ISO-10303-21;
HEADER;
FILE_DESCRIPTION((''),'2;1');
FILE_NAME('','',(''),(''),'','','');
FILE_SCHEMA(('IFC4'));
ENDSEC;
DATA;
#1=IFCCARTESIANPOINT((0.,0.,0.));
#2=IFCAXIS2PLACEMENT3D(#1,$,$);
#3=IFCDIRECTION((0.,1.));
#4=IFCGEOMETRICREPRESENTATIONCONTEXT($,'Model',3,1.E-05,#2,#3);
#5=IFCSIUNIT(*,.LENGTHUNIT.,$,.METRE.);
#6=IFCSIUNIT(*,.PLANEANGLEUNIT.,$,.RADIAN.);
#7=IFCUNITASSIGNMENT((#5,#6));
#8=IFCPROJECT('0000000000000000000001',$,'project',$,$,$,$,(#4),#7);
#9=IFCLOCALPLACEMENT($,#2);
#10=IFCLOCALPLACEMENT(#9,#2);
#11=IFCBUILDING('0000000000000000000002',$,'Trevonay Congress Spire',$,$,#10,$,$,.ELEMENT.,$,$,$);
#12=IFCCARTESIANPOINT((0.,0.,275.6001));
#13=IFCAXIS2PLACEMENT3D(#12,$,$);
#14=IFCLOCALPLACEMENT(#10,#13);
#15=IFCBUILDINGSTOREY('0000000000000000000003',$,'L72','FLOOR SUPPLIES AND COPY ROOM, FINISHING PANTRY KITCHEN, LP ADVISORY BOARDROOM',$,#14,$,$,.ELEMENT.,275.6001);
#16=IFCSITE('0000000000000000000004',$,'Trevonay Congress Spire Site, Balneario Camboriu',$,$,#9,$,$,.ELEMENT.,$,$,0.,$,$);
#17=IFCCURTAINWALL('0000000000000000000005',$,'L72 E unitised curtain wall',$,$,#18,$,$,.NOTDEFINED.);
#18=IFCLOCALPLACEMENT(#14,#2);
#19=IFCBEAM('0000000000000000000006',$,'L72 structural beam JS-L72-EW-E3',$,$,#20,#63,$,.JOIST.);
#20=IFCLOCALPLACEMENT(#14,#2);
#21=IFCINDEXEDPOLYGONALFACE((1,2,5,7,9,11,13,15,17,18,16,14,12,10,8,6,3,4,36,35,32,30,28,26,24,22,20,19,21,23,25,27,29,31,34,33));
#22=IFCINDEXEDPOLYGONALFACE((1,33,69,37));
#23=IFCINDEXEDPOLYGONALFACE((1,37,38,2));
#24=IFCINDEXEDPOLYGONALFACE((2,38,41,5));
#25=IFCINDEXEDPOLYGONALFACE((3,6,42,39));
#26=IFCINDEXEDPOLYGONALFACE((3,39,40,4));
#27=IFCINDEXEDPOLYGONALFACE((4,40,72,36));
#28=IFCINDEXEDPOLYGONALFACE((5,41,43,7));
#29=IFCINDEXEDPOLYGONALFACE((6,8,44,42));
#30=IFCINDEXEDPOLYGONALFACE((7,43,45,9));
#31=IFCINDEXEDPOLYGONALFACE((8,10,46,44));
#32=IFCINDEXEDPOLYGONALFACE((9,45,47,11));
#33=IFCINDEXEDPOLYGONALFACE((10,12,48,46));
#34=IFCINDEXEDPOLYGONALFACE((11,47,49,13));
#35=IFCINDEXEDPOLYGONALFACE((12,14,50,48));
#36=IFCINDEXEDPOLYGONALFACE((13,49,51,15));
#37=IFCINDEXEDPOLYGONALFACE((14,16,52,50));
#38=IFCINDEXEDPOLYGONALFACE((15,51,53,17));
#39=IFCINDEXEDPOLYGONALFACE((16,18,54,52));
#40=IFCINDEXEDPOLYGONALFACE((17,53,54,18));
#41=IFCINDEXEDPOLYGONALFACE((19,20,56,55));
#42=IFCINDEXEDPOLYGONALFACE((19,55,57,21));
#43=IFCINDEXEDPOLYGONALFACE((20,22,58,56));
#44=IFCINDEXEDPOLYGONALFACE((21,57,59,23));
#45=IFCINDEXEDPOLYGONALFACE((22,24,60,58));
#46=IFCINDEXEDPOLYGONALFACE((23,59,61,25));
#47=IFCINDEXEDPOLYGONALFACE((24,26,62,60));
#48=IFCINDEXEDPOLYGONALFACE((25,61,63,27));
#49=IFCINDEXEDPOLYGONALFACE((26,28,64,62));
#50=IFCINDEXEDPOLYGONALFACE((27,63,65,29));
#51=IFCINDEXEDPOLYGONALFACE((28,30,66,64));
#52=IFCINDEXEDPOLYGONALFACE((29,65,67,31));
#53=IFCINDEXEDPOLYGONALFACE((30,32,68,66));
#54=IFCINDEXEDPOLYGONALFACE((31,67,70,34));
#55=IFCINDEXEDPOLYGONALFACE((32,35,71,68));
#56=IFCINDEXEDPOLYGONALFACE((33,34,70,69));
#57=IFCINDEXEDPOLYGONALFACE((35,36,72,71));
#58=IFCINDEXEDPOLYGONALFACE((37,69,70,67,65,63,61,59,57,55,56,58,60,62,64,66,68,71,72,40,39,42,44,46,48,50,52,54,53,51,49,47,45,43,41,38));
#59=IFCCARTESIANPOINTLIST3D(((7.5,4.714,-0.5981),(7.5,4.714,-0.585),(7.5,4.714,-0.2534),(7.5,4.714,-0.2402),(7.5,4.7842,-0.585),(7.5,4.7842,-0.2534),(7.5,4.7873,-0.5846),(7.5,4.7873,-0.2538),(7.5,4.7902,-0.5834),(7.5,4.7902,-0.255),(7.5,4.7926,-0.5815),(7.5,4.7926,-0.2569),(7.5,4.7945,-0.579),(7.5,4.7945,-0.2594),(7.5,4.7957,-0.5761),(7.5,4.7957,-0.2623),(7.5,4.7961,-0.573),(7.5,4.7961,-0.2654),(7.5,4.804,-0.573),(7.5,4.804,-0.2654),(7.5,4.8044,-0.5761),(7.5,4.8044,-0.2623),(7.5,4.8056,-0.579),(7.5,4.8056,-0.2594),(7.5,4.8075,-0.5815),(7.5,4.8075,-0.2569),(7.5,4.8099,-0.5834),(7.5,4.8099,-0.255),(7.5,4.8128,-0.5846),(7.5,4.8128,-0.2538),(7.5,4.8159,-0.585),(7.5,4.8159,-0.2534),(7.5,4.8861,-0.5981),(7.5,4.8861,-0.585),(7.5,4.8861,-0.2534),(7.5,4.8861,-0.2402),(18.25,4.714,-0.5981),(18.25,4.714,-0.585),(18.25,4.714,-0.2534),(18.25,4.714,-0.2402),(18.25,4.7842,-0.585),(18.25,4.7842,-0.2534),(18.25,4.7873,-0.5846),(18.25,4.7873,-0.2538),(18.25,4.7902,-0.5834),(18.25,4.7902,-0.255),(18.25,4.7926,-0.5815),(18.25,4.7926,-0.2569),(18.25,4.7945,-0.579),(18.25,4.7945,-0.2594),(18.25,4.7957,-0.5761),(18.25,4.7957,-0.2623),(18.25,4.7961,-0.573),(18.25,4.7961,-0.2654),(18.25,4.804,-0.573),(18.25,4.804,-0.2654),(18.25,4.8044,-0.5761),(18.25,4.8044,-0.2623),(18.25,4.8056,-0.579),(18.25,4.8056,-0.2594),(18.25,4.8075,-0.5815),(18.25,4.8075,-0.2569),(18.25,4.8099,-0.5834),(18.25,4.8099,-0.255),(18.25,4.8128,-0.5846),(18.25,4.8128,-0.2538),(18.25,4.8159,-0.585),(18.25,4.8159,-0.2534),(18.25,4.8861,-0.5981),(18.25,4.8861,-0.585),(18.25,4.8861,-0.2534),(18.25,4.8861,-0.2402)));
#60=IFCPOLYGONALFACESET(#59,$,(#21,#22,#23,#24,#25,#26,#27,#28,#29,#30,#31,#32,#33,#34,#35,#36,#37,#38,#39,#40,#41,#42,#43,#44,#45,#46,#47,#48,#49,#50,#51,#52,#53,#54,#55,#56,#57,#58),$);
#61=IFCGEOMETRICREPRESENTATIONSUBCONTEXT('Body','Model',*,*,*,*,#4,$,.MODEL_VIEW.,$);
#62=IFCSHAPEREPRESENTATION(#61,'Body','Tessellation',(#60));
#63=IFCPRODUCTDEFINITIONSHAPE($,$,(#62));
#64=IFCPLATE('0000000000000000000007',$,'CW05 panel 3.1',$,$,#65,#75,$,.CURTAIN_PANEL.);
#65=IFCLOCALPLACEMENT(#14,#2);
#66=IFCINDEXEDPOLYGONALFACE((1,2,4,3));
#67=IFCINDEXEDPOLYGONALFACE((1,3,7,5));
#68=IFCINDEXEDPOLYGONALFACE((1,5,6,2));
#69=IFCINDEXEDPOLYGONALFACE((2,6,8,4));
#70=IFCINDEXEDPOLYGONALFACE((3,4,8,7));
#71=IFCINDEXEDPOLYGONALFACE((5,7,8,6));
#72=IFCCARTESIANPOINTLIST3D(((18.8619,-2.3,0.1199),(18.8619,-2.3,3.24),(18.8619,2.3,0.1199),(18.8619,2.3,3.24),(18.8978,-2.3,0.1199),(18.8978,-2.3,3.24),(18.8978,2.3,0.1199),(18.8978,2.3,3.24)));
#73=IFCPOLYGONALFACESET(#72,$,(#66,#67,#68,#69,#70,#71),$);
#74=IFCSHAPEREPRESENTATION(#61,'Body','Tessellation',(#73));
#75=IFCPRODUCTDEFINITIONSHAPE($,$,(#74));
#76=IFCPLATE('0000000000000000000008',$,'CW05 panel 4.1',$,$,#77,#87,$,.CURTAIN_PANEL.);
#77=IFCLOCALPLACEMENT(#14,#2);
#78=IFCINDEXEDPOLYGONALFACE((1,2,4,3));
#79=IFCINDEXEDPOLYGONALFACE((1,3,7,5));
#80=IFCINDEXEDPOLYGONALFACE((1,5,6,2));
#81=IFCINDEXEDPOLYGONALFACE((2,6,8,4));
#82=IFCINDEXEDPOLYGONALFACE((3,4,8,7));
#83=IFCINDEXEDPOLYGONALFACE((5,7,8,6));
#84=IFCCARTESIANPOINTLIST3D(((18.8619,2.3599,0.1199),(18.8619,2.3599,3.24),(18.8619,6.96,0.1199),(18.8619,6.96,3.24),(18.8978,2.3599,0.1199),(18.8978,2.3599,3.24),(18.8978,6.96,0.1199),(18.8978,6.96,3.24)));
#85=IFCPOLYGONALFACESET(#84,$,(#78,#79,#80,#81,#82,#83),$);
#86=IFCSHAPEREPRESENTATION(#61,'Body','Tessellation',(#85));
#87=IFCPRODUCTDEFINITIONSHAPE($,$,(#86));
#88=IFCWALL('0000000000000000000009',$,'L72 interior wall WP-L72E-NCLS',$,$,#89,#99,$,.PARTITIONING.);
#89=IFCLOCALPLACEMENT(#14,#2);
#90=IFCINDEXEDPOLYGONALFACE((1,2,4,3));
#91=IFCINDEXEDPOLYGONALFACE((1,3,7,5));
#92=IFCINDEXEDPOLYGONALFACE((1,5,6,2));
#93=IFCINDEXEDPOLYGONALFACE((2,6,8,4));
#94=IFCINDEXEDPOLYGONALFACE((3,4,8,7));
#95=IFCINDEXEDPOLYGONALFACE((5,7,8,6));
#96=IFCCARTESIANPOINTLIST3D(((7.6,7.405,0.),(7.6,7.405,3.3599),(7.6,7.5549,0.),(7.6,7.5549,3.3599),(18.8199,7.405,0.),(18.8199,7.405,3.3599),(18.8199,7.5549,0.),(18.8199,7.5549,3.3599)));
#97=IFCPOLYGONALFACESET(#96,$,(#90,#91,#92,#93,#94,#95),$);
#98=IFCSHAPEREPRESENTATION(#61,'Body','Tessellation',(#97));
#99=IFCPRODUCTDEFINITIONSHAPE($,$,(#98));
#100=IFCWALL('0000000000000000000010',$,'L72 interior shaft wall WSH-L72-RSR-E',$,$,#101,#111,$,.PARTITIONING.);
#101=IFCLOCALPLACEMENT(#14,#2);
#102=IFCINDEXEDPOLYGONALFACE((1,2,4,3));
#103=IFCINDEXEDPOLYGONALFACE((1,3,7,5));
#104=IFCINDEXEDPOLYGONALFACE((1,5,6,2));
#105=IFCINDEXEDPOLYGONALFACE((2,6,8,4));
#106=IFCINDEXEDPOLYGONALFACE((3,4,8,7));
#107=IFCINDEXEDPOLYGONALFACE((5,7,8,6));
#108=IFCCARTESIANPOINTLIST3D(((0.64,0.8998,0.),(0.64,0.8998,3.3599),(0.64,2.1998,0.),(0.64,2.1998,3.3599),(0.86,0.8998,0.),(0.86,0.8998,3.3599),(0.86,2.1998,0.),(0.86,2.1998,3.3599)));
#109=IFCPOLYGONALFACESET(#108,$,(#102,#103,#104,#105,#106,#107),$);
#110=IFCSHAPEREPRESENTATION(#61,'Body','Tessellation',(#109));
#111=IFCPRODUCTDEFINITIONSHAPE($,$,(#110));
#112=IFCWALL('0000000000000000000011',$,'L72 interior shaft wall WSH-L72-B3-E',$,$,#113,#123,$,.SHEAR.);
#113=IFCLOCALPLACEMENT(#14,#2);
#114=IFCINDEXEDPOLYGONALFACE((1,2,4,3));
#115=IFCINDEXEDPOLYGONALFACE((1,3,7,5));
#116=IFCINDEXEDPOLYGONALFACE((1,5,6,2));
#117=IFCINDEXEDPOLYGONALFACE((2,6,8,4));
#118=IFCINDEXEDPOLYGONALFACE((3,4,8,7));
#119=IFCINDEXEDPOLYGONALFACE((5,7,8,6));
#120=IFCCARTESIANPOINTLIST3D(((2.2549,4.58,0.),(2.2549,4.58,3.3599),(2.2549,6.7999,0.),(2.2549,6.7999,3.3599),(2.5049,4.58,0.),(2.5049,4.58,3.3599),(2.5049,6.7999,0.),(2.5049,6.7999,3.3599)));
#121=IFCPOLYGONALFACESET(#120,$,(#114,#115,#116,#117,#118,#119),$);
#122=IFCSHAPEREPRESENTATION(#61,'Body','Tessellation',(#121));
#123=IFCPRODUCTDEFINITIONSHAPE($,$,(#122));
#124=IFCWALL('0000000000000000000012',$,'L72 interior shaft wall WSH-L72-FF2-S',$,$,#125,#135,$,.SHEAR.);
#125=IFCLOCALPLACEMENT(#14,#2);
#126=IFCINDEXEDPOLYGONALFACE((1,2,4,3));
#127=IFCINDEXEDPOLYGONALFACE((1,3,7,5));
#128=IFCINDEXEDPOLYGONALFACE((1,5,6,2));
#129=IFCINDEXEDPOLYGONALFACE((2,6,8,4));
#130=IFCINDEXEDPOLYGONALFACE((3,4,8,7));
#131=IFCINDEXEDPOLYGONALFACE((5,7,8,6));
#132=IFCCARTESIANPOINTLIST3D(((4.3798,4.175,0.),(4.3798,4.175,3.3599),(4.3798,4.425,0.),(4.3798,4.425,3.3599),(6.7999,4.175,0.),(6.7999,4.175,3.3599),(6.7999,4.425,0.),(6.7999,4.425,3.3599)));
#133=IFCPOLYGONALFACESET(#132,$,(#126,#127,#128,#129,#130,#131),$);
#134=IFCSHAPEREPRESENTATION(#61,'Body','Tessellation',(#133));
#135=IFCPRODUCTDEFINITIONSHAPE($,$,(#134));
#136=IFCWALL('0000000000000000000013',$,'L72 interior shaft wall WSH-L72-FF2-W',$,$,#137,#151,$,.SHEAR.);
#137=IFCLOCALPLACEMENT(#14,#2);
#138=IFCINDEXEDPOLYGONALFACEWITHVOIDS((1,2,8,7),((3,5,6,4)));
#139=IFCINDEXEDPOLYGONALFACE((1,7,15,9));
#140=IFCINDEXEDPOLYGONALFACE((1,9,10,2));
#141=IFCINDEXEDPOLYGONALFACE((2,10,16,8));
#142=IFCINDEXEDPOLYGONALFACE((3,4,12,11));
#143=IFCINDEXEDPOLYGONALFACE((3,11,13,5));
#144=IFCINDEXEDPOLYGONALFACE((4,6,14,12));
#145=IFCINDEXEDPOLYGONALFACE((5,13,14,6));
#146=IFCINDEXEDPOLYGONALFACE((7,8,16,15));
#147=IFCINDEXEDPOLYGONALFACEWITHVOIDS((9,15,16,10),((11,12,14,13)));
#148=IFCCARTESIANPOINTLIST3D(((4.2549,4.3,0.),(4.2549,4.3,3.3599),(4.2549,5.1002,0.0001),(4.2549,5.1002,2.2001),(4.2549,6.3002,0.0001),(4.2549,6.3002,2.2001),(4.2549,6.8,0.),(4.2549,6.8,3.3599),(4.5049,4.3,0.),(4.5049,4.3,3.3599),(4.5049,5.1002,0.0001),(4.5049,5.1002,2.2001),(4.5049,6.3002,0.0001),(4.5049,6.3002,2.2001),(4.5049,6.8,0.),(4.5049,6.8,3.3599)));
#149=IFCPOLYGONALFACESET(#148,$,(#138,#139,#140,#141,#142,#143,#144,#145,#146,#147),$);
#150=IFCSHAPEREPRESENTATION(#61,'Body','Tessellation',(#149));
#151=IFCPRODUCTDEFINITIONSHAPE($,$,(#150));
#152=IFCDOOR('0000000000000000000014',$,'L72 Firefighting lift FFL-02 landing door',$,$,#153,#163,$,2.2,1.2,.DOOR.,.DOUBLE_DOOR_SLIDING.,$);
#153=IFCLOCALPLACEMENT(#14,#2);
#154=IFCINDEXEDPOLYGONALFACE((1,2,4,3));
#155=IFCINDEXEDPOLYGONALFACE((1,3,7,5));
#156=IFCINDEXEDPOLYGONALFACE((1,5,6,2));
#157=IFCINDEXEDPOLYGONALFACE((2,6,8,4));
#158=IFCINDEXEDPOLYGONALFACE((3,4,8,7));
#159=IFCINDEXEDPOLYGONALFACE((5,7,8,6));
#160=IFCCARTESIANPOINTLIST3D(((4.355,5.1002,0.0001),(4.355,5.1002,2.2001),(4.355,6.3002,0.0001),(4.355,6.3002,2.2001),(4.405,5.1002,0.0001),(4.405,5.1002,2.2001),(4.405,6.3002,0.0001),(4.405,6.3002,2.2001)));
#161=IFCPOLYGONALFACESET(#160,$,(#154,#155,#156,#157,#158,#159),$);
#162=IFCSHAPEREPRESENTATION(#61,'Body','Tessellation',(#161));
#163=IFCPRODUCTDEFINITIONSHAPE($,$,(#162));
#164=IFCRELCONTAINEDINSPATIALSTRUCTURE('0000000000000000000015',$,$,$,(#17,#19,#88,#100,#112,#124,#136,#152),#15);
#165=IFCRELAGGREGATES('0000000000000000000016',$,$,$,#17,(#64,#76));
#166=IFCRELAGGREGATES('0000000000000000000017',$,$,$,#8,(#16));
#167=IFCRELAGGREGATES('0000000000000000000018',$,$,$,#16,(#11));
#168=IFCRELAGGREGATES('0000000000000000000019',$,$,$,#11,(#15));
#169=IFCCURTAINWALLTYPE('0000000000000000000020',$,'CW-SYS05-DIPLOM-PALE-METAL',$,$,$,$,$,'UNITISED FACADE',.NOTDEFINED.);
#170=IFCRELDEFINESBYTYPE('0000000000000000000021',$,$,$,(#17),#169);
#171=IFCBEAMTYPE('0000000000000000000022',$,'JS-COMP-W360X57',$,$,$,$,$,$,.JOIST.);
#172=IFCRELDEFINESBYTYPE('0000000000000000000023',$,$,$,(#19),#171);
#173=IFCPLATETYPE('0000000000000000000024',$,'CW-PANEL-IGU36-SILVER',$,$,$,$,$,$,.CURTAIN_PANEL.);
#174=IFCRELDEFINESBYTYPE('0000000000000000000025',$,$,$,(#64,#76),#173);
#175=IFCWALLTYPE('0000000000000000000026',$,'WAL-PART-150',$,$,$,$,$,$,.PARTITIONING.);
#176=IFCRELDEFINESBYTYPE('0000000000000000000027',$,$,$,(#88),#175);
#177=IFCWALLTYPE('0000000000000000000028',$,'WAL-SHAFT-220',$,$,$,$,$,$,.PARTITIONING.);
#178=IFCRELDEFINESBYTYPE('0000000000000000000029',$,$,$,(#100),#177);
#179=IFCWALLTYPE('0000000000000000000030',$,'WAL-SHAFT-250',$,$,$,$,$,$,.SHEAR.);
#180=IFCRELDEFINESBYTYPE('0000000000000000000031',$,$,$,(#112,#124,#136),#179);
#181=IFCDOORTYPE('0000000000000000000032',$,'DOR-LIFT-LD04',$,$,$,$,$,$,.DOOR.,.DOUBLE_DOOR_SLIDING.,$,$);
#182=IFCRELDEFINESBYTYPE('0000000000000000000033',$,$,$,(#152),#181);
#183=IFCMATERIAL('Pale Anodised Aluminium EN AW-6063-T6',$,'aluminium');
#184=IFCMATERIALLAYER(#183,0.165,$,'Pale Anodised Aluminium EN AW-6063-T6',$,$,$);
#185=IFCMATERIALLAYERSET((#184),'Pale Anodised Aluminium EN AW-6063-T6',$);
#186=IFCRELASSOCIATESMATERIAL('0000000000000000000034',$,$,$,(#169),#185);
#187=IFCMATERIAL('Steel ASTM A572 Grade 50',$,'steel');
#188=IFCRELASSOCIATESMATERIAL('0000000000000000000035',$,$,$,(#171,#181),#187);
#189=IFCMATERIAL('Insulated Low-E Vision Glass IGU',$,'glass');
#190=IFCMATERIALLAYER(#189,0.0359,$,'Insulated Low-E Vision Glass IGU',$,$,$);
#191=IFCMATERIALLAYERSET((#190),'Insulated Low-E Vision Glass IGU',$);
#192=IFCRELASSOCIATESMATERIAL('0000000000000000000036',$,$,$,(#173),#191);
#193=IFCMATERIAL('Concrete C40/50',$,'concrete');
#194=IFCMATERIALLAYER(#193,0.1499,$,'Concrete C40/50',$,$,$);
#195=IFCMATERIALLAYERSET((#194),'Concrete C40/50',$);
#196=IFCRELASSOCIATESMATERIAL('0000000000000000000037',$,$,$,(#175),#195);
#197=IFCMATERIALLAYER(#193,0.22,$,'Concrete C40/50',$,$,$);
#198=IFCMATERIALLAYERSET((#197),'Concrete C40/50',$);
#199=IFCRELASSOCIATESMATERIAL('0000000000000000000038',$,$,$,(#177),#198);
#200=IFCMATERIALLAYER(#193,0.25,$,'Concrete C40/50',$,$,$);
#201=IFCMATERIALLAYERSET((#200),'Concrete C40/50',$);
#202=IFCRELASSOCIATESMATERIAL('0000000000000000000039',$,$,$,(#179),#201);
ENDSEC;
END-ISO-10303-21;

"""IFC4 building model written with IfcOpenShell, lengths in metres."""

from ifc_helpers import new_model, si_unit, direction, frame, frame_2d, origin, origin_2d, place, context, subcontext, project, spatial, rectangle, i_section, extrude, material, layer, layer_set, material_profile, profile_set, type_object, element, fill, aggregate, save


model = new_model("IFC4")

# Units and contexts
model_context = context("Model", 3, precision=1e-05, world=origin(), true_north=direction((0.0, 1.0)))
body_context = subcontext(model_context, "Body", "Model", "MODEL_VIEW")
ifc_project = project(units=[si_unit("LENGTHUNIT", "METRE"), si_unit("PLANEANGLEUNIT", "RADIAN")], contexts=[model_context])

# Site, building, storey
site_placement = place(None, origin())
site = spatial("IfcSite", under=ifc_project, at=site_placement, Name="Trevonay Congress Spire Site, Balneario Camboriu", CompositionType="ELEMENT", RefElevation=0.0)
building_placement = place(site_placement, origin())
building = spatial("IfcBuilding", under=site, at=building_placement, Name="Trevonay Congress Spire", CompositionType="ELEMENT")
storey_placement = place(building_placement, frame((0.0, 0.0, 275.6001)))
storey = spatial("IfcBuildingStorey", under=building, at=storey_placement, Name="L72", Description="FLOOR SUPPLIES AND COPY ROOM, FINISHING PANTRY KITCHEN, LP ADVISORY BOARDROOM", CompositionType="ELEMENT", Elevation=275.6001)

# Shared definitions
ifc_material_1 = material(Name="Steel ASTM A572 Grade 50", Category="steel")

# Curtain wall
ifc_material_2 = material(Name="Pale Anodised Aluminium EN AW-6063-T6", Category="aluminium")
ifc_layer_1 = layer(ifc_material_2, 0.165, Name="Pale Anodised Aluminium EN AW-6063-T6")
ifc_layer_set_1 = layer_set([ifc_layer_1], Name="Pale Anodised Aluminium EN AW-6063-T6")
curtain_wall_type = type_object("IfcCurtainWallType", Name="CW-SYS05-DIPLOM-PALE-METAL", ElementType="UNITISED FACADE", PredefinedType="NOTDEFINED", material=ifc_layer_set_1)
curtain_wall_placement = place(storey_placement, origin())
curtain_wall = element("IfcCurtainWall", 1, at=curtain_wall_placement, inside=storey, type_object=curtain_wall_type, Name="L72 E unitised curtain wall", PredefinedType="NOTDEFINED")

# Beam
ifc_material_profile_1 = material_profile(ifc_material_1, i_section(OverallWidth=0.1721, OverallDepth=0.3579, WebThickness=0.0078, FlangeThickness=0.0132, FilletRadius=0.012, at=origin_2d()), Name="W360x57.8")
ifc_profile_set_1 = profile_set([ifc_material_profile_1], Name="Steel ASTM A572 Grade 50")
beam_type_1 = type_object("IfcBeamType", Name="JS-COMP-W360X57", PredefinedType="JOIST", material=ifc_profile_set_1)
beam_1_placement = place(storey_placement, frame((7.5, 4.8, -0.4192), z_axis=(1.0, 0.0, 0.0), x_axis=(0.0, 1.0, 0.0)))
element("IfcBeam", 2, at=beam_1_placement, inside=storey, type_object=beam_type_1, Name="L72 structural beam JS-L72-EW-E3", PredefinedType="JOIST", context=body_context, shape_type="SweptSolid", body=[
    extrude(i_section(OverallWidth=0.1721, OverallDepth=0.3579, WebThickness=0.0078, FlangeThickness=0.0132, FilletRadius=0.012, at=origin_2d()), origin(), (0.0, 0.0, 1.0), 10.75),
])

# Plates
ifc_material_3 = material(Name="Insulated Low-E Vision Glass IGU", Category="glass")
ifc_layer_2 = layer(ifc_material_3, 0.0359, Name="Insulated Low-E Vision Glass IGU")
ifc_layer_set_2 = layer_set([ifc_layer_2], Name="Insulated Low-E Vision Glass IGU")
plate_type = type_object("IfcPlateType", Name="CW-PANEL-IGU36-SILVER", PredefinedType="CURTAIN_PANEL", material=ifc_layer_set_2)
plate_1_placement = place(storey_placement, frame((18.8799, 0.0, 0.1199), z_axis=(0.0, 0.0, 1.0), x_axis=(0.0, 1.0, 0.0)))
plate_1 = element("IfcPlate", 3, at=plate_1_placement, type_object=plate_type, Name="CW05 panel 3.1", PredefinedType="CURTAIN_PANEL", context=body_context, shape_type="SweptSolid", body=[
    extrude(rectangle(XDim=4.6001, YDim=0.0359, at=origin_2d()), origin(), (0.0, 0.0, 1.0), 3.1201),
])
plate_2_placement = place(storey_placement, frame((18.8799, 4.6599, 0.1199), z_axis=(0.0, 0.0, 1.0), x_axis=(0.0, 1.0, 0.0)))
plate_2 = element("IfcPlate", 4, at=plate_2_placement, type_object=plate_type, Name="CW05 panel 4.1", PredefinedType="CURTAIN_PANEL", context=body_context, shape_type="SweptSolid", body=[
    extrude(rectangle(XDim=4.6001, YDim=0.0359, at=origin_2d()), origin(), (0.0, 0.0, 1.0), 3.1201),
])
aggregate(curtain_wall, [plate_1, plate_2])

# Walls
ifc_material_4 = material(Name="Concrete C40/50", Category="concrete")
ifc_layer_3 = layer(ifc_material_4, 0.1499, Name="Concrete C40/50")
ifc_layer_set_3 = layer_set([ifc_layer_3], Name="Concrete C40/50")
wall_type_1 = type_object("IfcWallType", Name="WAL-PART-150", PredefinedType="PARTITIONING", material=ifc_layer_set_3)
wall_1_placement = place(storey_placement, frame((7.6001, 7.48, 0.0), z_axis=(0.0, 0.0, 1.0), x_axis=(1.0, 0.0, 0.0)))
element("IfcWall", 5, at=wall_1_placement, inside=storey, type_object=wall_type_1, Name="L72 interior wall WP-L72E-NCLS", PredefinedType="PARTITIONING", context=body_context, shape_type="SweptSolid", body=[
    extrude(rectangle(XDim=11.22, YDim=0.1499, at=frame_2d((5.6099, 0.0))), origin(), (0.0, 0.0, 1.0), 3.3599),
])
ifc_layer_4 = layer(ifc_material_4, 0.22, Name="Concrete C40/50")
ifc_layer_set_4 = layer_set([ifc_layer_4], Name="Concrete C40/50")
wall_type_2 = type_object("IfcWallType", Name="WAL-SHAFT-220", PredefinedType="PARTITIONING", material=ifc_layer_set_4)
wall_2_placement = place(storey_placement, frame((0.75, 0.8999, 0.0), z_axis=(0.0, 0.0, 1.0), x_axis=(0.0, 1.0, 0.0)))
element("IfcWall", 6, at=wall_2_placement, inside=storey, type_object=wall_type_2, Name="L72 interior shaft wall WSH-L72-RSR-E", PredefinedType="PARTITIONING", context=body_context, shape_type="SweptSolid", body=[
    extrude(rectangle(XDim=1.3, YDim=0.22, at=frame_2d((0.6499, 0.0))), origin(), (0.0, 0.0, 1.0), 3.3599),
])
ifc_layer_5 = layer(ifc_material_4, 0.25, Name="Concrete C40/50")
ifc_layer_set_5 = layer_set([ifc_layer_5], Name="Concrete C40/50")
wall_type_3 = type_object("IfcWallType", Name="WAL-SHAFT-250", PredefinedType="SHEAR", material=ifc_layer_set_5)
wall_3_placement = place(storey_placement, frame((2.3799, 4.5801, 0.0), z_axis=(0.0, 0.0, 1.0), x_axis=(0.0, 1.0, 0.0)))
element("IfcWall", 7, at=wall_3_placement, inside=storey, type_object=wall_type_3, Name="L72 interior shaft wall WSH-L72-B3-E", PredefinedType="SHEAR", context=body_context, shape_type="SweptSolid", body=[
    extrude(rectangle(XDim=2.22, YDim=0.25, at=frame_2d((1.1099, 0.0))), origin(), (0.0, 0.0, 1.0), 3.3599),
])
wall_4_placement = place(storey_placement, frame((4.3799, 4.3, 0.0), z_axis=(0.0, 0.0, 1.0), x_axis=(1.0, 0.0, 0.0)))
element("IfcWall", 8, at=wall_4_placement, inside=storey, type_object=wall_type_3, Name="L72 interior shaft wall WSH-L72-FF2-S", PredefinedType="SHEAR", context=body_context, shape_type="SweptSolid", body=[
    extrude(rectangle(XDim=2.4202, YDim=0.25, at=frame_2d((1.21, 0.0))), origin(), (0.0, 0.0, 1.0), 3.3599),
])

# Wall, opening, door
wall_5_placement = place(storey_placement, frame((4.3799, 4.3, 0.0), z_axis=(0.0, 0.0, 1.0), x_axis=(0.0, 1.0, 0.0)))
wall_5 = element("IfcWall", 9, at=wall_5_placement, inside=storey, type_object=wall_type_3, Name="L72 interior shaft wall WSH-L72-FF2-W", PredefinedType="SHEAR", context=body_context, shape_type="SweptSolid", body=[
    extrude(rectangle(XDim=2.5, YDim=0.25, at=frame_2d((1.25, 0.0))), origin(), (0.0, 0.0, 1.0), 3.3599),
])
opening_1_placement = place(wall_5_placement, frame((0.8, 0.0, 0.0)))
opening_1 = element("IfcOpeningElement", 10, at=opening_1_placement, cuts=wall_5, PredefinedType="OPENING", context=body_context, shape_type="SweptSolid", body=[
    extrude(rectangle(XDim=1.2, YDim=2.2, at=frame_2d((0.6001, 1.1001))), frame((0.0, 0.135, 0.0), z_axis=(0.0, -1.0, 0.0), x_axis=(1.0, 0.0, 0.0)), (0.0, 0.0, 1.0), 0.27),
])
door_type_1 = type_object("IfcDoorType", Name="DOR-LIFT-LD04", OperationType="DOUBLE_DOOR_SLIDING", PredefinedType="DOOR", material=ifc_material_1)
door_1_placement = place(opening_1_placement, origin())
door_1 = element("IfcDoor", 11, at=door_1_placement, inside=storey, type_object=door_type_1, Name="L72 Firefighting lift FFL-02 landing door", OperationType="DOUBLE_DOOR_SLIDING", OverallHeight=2.2, OverallWidth=1.2, PredefinedType="DOOR", context=body_context, shape_type="SweptSolid", body=[
    extrude(rectangle(XDim=1.2, YDim=2.2, at=frame_2d((0.6001, 1.1001))), frame((0.0, 0.0249, 0.0), z_axis=(0.0, -1.0, 0.0), x_axis=(1.0, 0.0, 0.0)), (0.0, 0.0, 1.0), 0.05),
])
fill(opening_1, door_1)

save(model, "model.ifc")
